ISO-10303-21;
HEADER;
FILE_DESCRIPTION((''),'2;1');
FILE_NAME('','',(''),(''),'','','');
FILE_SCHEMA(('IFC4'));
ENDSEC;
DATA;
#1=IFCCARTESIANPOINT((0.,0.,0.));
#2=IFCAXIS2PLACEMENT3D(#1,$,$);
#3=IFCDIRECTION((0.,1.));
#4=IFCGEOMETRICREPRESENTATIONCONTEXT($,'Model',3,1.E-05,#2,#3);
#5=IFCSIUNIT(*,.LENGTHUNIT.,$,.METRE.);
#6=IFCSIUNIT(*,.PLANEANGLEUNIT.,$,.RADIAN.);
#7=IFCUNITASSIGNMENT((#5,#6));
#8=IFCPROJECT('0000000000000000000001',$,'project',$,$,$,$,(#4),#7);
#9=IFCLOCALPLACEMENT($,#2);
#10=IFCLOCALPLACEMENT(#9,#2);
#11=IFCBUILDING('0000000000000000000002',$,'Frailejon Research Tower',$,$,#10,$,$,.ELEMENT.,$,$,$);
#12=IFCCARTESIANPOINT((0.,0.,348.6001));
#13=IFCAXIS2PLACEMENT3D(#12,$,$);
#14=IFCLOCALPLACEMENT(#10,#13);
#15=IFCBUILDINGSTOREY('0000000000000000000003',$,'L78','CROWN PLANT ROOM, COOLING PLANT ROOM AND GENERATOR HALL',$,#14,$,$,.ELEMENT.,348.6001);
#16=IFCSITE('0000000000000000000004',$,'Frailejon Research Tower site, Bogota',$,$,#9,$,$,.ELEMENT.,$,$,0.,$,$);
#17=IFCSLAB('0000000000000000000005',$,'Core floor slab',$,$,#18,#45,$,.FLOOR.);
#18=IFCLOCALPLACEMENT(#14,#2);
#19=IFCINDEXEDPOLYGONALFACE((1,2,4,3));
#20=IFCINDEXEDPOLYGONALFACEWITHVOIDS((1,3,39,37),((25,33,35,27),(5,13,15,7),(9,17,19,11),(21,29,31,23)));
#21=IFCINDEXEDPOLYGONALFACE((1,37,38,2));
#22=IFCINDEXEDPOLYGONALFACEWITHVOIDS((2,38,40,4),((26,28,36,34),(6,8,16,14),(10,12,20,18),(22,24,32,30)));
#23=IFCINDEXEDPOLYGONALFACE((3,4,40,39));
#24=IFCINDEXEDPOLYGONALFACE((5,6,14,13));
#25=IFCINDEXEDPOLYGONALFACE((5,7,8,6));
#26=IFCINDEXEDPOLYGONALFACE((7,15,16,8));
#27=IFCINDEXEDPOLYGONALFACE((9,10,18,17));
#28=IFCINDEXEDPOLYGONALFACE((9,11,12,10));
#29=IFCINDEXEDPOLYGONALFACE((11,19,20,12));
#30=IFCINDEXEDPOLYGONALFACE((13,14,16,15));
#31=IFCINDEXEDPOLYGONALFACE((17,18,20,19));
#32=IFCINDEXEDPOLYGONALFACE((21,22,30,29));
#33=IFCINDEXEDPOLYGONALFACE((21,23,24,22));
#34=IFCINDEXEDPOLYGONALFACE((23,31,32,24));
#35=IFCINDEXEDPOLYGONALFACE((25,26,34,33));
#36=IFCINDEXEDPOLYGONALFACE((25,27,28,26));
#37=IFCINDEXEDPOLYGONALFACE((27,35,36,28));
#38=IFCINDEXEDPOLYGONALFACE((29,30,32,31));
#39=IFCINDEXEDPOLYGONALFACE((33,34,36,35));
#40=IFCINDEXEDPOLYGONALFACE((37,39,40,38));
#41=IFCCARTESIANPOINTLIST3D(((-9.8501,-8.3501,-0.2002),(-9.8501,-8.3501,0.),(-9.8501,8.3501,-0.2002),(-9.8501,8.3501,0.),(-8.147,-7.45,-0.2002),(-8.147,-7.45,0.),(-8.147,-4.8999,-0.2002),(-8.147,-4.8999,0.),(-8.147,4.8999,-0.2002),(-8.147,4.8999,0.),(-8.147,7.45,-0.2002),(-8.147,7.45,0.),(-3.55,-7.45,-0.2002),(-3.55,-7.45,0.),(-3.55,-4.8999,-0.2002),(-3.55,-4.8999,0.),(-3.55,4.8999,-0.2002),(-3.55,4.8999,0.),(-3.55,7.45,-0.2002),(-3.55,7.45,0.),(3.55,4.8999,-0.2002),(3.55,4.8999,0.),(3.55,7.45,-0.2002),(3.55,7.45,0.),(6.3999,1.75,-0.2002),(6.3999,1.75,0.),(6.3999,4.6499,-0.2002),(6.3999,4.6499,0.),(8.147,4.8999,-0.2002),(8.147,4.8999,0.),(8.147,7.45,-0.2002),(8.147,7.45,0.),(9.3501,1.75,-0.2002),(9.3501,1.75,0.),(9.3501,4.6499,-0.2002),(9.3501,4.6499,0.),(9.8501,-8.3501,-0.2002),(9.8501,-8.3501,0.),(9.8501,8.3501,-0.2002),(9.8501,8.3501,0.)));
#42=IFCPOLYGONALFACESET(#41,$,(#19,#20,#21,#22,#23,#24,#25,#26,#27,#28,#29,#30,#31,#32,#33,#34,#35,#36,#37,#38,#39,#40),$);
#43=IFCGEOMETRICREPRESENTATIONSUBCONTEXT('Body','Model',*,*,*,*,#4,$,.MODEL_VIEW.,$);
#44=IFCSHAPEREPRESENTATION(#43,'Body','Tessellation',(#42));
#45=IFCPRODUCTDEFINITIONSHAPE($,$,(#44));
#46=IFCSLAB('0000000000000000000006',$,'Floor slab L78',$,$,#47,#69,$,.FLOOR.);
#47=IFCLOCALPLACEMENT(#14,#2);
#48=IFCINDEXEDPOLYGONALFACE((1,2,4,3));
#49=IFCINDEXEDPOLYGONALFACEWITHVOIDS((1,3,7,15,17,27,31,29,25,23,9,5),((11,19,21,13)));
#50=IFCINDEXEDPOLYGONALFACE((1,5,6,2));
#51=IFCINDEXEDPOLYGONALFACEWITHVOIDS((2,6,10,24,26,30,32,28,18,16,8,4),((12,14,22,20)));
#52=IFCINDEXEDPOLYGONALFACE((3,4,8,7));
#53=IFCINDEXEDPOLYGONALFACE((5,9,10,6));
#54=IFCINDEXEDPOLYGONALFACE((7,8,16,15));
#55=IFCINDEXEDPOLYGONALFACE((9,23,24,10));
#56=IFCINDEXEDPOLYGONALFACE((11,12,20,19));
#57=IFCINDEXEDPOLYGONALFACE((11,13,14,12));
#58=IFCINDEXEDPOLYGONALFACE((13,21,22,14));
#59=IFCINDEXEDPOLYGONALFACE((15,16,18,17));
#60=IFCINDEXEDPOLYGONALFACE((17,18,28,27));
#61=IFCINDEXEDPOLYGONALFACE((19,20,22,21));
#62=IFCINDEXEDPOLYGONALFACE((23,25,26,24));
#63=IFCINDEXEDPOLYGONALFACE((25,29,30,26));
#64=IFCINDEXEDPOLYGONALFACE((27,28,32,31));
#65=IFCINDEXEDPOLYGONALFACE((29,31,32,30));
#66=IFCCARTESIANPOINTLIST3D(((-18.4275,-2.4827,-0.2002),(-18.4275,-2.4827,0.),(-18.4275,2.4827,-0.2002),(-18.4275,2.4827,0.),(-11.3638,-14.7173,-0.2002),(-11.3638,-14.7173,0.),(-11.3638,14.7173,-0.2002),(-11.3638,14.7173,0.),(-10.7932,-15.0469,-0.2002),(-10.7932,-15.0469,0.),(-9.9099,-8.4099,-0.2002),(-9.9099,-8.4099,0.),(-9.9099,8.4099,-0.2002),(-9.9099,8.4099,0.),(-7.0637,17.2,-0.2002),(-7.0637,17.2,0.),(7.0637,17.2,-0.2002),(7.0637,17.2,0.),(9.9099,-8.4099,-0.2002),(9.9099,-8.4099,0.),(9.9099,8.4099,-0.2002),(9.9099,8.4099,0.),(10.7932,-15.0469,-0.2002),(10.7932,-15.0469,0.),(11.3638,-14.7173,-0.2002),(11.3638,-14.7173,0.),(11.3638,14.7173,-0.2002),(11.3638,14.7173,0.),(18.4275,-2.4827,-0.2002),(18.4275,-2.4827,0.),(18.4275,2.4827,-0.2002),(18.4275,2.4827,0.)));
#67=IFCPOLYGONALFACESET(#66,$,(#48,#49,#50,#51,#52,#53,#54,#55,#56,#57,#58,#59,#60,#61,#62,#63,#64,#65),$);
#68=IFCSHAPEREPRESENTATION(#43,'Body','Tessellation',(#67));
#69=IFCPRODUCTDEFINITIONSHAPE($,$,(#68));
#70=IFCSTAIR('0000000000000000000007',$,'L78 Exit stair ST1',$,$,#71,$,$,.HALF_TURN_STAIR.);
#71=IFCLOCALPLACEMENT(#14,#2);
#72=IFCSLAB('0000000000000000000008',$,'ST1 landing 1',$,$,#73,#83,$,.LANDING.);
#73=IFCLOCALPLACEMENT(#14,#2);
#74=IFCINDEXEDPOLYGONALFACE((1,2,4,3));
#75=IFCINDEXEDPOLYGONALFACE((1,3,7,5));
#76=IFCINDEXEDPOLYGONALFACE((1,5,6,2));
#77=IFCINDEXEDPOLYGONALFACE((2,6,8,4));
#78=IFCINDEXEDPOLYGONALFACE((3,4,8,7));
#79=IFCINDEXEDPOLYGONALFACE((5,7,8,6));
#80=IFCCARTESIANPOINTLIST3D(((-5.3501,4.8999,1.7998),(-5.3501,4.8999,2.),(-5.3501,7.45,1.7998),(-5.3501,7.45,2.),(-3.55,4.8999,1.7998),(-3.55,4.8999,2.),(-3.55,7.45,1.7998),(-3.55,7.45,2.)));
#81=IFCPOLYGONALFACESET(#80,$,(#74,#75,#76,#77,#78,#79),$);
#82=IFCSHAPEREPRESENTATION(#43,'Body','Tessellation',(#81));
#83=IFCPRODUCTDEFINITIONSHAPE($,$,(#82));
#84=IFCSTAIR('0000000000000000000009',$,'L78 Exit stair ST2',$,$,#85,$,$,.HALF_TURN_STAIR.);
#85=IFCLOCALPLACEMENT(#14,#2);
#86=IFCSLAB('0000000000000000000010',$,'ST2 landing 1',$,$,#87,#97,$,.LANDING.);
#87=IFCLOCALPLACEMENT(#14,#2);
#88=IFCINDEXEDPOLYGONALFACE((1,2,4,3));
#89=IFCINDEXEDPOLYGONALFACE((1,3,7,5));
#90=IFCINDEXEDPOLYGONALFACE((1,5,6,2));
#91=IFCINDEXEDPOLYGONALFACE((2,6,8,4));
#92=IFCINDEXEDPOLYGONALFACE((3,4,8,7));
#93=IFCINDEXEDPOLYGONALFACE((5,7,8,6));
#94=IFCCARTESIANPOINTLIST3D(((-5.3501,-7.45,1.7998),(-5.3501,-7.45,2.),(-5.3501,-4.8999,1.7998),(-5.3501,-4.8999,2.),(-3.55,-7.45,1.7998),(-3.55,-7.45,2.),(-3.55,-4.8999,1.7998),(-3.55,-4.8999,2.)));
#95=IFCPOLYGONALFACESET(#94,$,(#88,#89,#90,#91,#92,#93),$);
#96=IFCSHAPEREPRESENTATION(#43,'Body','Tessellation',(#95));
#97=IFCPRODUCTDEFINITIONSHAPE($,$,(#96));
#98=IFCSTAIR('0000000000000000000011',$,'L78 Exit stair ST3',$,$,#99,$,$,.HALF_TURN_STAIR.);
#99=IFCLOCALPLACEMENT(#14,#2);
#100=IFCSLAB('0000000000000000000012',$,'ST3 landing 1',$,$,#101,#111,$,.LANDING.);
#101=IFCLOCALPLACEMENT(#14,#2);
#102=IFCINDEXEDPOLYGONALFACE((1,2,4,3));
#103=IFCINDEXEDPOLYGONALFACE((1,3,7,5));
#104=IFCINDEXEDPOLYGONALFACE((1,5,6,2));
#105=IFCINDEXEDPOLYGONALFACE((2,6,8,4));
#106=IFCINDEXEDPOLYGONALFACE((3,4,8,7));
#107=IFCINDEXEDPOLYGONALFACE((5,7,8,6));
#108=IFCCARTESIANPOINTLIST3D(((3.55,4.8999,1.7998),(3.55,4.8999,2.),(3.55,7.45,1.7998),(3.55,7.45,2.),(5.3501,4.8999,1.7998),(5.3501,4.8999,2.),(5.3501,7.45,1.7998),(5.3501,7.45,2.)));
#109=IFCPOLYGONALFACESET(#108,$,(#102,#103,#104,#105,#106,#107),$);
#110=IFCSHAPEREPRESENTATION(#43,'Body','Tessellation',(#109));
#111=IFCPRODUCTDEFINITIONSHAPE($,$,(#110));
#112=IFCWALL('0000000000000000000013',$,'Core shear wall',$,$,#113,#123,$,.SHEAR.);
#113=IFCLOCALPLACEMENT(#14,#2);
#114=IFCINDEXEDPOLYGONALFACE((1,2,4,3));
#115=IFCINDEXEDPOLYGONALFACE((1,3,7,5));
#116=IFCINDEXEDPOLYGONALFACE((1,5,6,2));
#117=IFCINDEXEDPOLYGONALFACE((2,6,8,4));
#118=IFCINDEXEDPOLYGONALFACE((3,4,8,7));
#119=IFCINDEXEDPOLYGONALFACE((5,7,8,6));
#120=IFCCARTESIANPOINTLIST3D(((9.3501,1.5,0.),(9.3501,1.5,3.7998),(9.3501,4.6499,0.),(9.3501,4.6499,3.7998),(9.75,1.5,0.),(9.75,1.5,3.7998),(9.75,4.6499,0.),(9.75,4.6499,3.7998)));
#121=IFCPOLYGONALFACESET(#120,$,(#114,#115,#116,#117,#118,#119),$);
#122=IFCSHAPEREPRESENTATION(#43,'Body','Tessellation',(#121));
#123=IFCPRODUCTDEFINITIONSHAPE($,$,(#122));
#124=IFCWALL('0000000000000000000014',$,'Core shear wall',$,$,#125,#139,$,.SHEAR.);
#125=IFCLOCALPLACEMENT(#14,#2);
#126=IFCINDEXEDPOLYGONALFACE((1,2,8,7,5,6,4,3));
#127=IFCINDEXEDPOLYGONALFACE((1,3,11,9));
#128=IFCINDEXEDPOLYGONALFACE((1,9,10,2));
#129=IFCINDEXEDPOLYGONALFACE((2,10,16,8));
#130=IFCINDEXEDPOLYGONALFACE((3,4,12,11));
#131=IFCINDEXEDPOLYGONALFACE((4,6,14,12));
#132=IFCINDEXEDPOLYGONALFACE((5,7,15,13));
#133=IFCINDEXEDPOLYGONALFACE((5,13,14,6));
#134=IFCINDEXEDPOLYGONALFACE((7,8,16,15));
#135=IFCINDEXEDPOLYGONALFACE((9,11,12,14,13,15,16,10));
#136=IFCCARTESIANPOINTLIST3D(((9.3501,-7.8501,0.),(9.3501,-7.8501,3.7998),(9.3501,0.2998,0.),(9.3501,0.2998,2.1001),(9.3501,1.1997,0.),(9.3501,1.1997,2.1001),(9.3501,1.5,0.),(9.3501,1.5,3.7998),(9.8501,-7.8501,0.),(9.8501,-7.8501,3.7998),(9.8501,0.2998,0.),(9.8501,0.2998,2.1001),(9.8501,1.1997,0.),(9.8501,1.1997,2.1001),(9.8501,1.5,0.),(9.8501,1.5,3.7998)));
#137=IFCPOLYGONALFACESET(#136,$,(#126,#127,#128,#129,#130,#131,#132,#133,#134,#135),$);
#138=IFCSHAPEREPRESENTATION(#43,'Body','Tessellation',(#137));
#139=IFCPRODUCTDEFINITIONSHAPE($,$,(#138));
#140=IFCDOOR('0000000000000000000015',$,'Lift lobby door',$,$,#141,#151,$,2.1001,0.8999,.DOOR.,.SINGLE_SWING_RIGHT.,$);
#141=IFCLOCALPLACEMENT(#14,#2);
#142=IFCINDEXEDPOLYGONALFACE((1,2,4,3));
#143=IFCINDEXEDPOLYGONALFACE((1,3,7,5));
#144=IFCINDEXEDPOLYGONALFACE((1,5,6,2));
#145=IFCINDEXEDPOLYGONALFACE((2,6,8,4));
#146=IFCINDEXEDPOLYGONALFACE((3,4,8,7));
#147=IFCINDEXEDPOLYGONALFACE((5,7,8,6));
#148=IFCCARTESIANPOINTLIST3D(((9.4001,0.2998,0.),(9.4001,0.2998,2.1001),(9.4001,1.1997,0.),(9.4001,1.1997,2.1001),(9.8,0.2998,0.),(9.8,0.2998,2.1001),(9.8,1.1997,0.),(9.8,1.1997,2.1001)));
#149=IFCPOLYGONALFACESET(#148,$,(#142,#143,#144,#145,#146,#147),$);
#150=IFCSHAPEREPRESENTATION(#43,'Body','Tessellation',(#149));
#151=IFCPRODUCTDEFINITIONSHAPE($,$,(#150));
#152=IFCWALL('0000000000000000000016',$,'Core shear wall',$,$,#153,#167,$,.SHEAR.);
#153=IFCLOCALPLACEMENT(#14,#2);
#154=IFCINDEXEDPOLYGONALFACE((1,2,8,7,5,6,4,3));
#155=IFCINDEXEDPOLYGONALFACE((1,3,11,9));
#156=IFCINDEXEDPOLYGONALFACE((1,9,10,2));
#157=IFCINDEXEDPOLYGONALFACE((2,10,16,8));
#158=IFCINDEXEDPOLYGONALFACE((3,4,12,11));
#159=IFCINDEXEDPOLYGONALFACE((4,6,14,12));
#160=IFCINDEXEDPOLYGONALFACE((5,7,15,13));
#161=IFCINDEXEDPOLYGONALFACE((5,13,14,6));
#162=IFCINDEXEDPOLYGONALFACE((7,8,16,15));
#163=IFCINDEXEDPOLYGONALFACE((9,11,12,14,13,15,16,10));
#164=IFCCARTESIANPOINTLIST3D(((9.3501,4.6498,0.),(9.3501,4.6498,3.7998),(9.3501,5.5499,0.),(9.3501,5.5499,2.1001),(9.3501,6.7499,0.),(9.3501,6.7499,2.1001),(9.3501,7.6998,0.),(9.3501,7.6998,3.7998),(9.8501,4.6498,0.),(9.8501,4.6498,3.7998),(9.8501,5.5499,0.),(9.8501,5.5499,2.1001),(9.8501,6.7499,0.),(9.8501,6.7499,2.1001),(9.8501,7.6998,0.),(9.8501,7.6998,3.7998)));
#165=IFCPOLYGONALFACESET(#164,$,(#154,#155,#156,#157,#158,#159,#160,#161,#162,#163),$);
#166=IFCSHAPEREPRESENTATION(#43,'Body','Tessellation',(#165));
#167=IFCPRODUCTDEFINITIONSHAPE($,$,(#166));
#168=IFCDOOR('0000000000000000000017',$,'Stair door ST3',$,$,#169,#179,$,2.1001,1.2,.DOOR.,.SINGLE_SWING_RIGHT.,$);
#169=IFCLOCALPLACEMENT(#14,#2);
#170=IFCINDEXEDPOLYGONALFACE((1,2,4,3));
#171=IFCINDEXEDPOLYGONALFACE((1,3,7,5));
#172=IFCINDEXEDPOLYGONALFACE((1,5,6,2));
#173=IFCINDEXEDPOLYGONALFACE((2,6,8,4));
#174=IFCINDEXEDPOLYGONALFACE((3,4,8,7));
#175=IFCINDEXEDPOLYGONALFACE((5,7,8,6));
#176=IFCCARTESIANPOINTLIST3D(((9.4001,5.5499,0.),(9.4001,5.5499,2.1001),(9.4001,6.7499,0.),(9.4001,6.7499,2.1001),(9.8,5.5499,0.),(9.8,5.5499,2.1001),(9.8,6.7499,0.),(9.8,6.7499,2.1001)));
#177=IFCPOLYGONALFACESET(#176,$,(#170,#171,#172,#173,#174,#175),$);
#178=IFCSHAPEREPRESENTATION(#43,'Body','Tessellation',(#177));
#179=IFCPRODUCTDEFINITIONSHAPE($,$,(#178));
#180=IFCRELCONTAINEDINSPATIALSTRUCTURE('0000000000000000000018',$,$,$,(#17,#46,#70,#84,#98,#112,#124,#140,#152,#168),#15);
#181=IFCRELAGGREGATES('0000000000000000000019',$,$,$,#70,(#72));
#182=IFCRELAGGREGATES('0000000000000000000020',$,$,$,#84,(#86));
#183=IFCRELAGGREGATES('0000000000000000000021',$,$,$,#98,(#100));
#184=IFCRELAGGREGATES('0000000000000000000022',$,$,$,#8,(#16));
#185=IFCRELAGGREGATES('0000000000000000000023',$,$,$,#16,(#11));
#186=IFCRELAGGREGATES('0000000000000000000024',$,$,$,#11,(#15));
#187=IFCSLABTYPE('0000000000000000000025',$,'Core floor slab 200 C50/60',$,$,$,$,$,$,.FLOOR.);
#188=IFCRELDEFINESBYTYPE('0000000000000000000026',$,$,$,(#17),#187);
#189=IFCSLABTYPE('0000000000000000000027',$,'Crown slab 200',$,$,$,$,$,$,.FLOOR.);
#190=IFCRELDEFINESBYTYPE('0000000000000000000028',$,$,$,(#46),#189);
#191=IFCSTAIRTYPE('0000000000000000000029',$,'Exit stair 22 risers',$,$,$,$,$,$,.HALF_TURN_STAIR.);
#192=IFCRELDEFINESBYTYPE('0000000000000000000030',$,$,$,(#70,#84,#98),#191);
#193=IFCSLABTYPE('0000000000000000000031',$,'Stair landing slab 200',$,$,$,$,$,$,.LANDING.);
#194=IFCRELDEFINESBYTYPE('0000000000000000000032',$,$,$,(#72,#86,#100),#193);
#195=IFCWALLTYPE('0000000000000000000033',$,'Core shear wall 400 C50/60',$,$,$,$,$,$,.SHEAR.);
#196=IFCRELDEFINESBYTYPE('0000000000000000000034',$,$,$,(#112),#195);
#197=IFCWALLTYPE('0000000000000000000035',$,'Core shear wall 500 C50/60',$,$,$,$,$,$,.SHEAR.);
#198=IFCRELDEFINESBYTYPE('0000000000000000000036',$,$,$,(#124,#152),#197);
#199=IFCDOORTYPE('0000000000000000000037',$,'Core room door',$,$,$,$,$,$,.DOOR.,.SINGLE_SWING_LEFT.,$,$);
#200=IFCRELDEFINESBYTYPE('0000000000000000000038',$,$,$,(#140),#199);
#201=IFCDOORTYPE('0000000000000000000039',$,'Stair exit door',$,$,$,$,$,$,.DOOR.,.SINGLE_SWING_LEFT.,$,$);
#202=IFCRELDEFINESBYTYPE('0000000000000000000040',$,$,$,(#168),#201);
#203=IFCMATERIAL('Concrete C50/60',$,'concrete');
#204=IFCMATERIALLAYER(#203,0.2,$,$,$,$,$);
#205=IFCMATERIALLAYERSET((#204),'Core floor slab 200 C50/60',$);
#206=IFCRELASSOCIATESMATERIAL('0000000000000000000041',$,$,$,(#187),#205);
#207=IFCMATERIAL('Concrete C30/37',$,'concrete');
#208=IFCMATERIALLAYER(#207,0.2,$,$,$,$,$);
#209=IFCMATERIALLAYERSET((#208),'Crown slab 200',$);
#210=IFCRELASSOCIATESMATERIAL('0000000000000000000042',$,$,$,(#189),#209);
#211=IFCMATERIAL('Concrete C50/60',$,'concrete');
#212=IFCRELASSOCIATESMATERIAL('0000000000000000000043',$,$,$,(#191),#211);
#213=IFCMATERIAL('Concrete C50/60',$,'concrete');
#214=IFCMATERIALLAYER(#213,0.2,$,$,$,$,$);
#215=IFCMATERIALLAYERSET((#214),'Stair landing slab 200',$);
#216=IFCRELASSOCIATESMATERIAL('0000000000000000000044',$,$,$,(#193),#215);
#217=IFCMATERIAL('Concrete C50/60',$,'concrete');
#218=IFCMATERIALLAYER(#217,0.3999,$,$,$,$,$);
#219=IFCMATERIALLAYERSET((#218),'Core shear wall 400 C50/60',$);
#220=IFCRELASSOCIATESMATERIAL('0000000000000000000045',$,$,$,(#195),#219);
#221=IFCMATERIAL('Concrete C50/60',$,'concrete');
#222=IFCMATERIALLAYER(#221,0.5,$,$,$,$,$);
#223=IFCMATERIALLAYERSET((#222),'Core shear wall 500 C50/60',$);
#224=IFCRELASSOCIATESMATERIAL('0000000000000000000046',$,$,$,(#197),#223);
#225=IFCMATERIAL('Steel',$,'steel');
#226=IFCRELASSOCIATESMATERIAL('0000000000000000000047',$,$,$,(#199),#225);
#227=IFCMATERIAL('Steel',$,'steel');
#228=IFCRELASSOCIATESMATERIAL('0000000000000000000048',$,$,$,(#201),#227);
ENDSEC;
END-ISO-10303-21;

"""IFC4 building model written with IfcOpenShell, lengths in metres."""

from ifc_helpers import new_model, si_unit, direction, frame, frame_2d, origin, place, context, subcontext, project, spatial, polyline, rectangle, outline, extrude, material, layer, layer_set, type_object, element, fill, aggregate, save


model = new_model("IFC4")

# Units and contexts
model_context = context("Model", 3, precision=1e-05, world=origin(), true_north=direction((0.0, 1.0)))
body_context = subcontext(model_context, "Body", "Model", "MODEL_VIEW")
ifc_project = project(units=[si_unit("LENGTHUNIT", "METRE"), si_unit("PLANEANGLEUNIT", "RADIAN")], contexts=[model_context])

# Site, building, storey
site_placement = place(None, origin())
site = spatial("IfcSite", under=ifc_project, at=site_placement, Name="Frailejon Research Tower site, Bogota", CompositionType="ELEMENT", RefElevation=0.0)
building_placement = place(site_placement, origin())
building = spatial("IfcBuilding", under=site, at=building_placement, Name="Frailejon Research Tower", CompositionType="ELEMENT")
storey_placement = place(building_placement, frame((0.0, 0.0, 348.6001)))
storey = spatial("IfcBuildingStorey", under=building, at=storey_placement, Name="L78", Description="CROWN PLANT ROOM, COOLING PLANT ROOM AND GENERATOR HALL", CompositionType="ELEMENT", Elevation=348.6001)

# Slabs
ifc_material_1 = material(Name="Concrete C50/60", Category="concrete")
ifc_layer_1 = layer(ifc_material_1, 0.2)
ifc_layer_set_1 = layer_set([ifc_layer_1], Name="Core floor slab 200 C50/60")
slab_type_1 = type_object("IfcSlabType", Name="Core floor slab 200 C50/60", PredefinedType="FLOOR", material=ifc_layer_set_1)
slab_1_placement = place(storey_placement, frame((0.0, 0.0, -0.2002)))
element("IfcSlab", 1, at=slab_1_placement, inside=storey, type_object=slab_type_1, Name="Core floor slab", PredefinedType="FLOOR", context=body_context, shape_type="SweptSolid", body=[
    extrude(outline(polyline([(-9.8501, -8.3501), (-9.8501, 8.3501), (9.8501, 8.3501), (9.8501, -8.3501), (-9.8501, -8.3501)]), holes=[polyline([(9.3501, 1.75), (9.3501, 4.6499), (6.3999, 4.6499), (6.3999, 1.75), (9.3501, 1.75)]), polyline([(-8.147, 4.8999), (-3.55, 4.8999), (-3.55, 7.45), (-8.147, 7.45), (-8.147, 4.8999)]), polyline([(-8.147, -7.45), (-3.55, -7.45), (-3.55, -4.8999), (-8.147, -4.8999), (-8.147, -7.45)]), polyline([(8.147, 7.45), (3.55, 7.45), (3.55, 4.8999), (8.147, 4.8999), (8.147, 7.45)])]), origin(), (0.0, 0.0, 1.0), 0.2002),
])
ifc_material_2 = material(Name="Concrete C30/37", Category="concrete")
ifc_layer_2 = layer(ifc_material_2, 0.2)
ifc_layer_set_2 = layer_set([ifc_layer_2], Name="Crown slab 200")
slab_type_2 = type_object("IfcSlabType", Name="Crown slab 200", PredefinedType="FLOOR", material=ifc_layer_set_2)
slab_2_placement = place(storey_placement, frame((0.0, 0.0, -0.2002)))
element("IfcSlab", 2, at=slab_2_placement, inside=storey, type_object=slab_type_2, Name="Floor slab L78", PredefinedType="FLOOR", context=body_context, shape_type="SweptSolid", body=[
    extrude(outline(polyline([(-18.4275, 2.4827), (-18.4275, -2.4827), (-11.3638, -14.7173), (-10.7932, -15.0469), (10.7932, -15.0469), (11.3638, -14.7173), (18.4275, -2.4827), (18.4275, 2.4827), (11.3638, 14.7173), (7.0637, 17.2), (-7.0637, 17.2), (-11.3638, 14.7173), (-18.4275, 2.4827)]), holes=[polyline([(9.9099, 8.4099), (9.9099, -8.4099), (-9.9099, -8.4099), (-9.9099, 8.4099), (9.9099, 8.4099)])]), origin(), (0.0, 0.0, 1.0), 0.2002),
])

# Stairs, slabs
ifc_material_3 = material(Name="Concrete C50/60", Category="concrete")
stair_type = type_object("IfcStairType", Name="Exit stair 22 risers", PredefinedType="HALF_TURN_STAIR", material=ifc_material_3)
stair_1_placement = place(storey_placement, origin())
stair_1 = element("IfcStair", 3, at=stair_1_placement, inside=storey, type_object=stair_type, Name="L78 Exit stair ST1", PredefinedType="HALF_TURN_STAIR")
ifc_material_4 = material(Name="Concrete C50/60", Category="concrete")
ifc_layer_3 = layer(ifc_material_4, 0.2)
ifc_layer_set_3 = layer_set([ifc_layer_3], Name="Stair landing slab 200")
slab_type_3 = type_object("IfcSlabType", Name="Stair landing slab 200", PredefinedType="LANDING", material=ifc_layer_set_3)
slab_3_placement = place(storey_placement, frame((0.0, 0.0, 1.7998)))
slab_3 = element("IfcSlab", 4, at=slab_3_placement, type_object=slab_type_3, Name="ST1 landing 1", PredefinedType="LANDING", context=body_context, shape_type="SweptSolid", body=[
    extrude(outline(polyline([(-5.3501, 4.8999), (-3.55, 4.8999), (-3.55, 7.45), (-5.3501, 7.45), (-5.3501, 4.8999)])), origin(), (0.0, 0.0, 1.0), 0.2002),
])
aggregate(stair_1, [slab_3])
stair_2_placement = place(storey_placement, origin())
stair_2 = element("IfcStair", 5, at=stair_2_placement, inside=storey, type_object=stair_type, Name="L78 Exit stair ST2", PredefinedType="HALF_TURN_STAIR")
slab_4_placement = place(storey_placement, frame((0.0, 0.0, 1.7998)))
slab_4 = element("IfcSlab", 6, at=slab_4_placement, type_object=slab_type_3, Name="ST2 landing 1", PredefinedType="LANDING", context=body_context, shape_type="SweptSolid", body=[
    extrude(outline(polyline([(-5.3501, -7.45), (-3.55, -7.45), (-3.55, -4.8999), (-5.3501, -4.8999), (-5.3501, -7.45)])), origin(), (0.0, 0.0, 1.0), 0.2002),
])
aggregate(stair_2, [slab_4])
stair_3_placement = place(storey_placement, origin())
stair_3 = element("IfcStair", 7, at=stair_3_placement, inside=storey, type_object=stair_type, Name="L78 Exit stair ST3", PredefinedType="HALF_TURN_STAIR")
slab_5_placement = place(storey_placement, frame((0.0, 0.0, 1.7998)))
slab_5 = element("IfcSlab", 8, at=slab_5_placement, type_object=slab_type_3, Name="ST3 landing 1", PredefinedType="LANDING", context=body_context, shape_type="SweptSolid", body=[
    extrude(outline(polyline([(5.3501, 7.45), (3.55, 7.45), (3.55, 4.8999), (5.3501, 4.8999), (5.3501, 7.45)])), origin(), (0.0, 0.0, 1.0), 0.2002),
])
aggregate(stair_3, [slab_5])

# Wall
ifc_material_5 = material(Name="Concrete C50/60", Category="concrete")
ifc_layer_4 = layer(ifc_material_5, 0.3999)
ifc_layer_set_4 = layer_set([ifc_layer_4], Name="Core shear wall 400 C50/60")
wall_type_1 = type_object("IfcWallType", Name="Core shear wall 400 C50/60", PredefinedType="SHEAR", material=ifc_layer_set_4)
wall_1_placement = place(storey_placement, frame((9.55, 1.5, 0.0), z_axis=(0.0, 0.0, 1.0), x_axis=(0.0, 1.0, 0.0)))
element("IfcWall", 9, at=wall_1_placement, inside=storey, type_object=wall_type_1, Name="Core shear wall", PredefinedType="SHEAR", context=body_context, shape_type="SweptSolid", body=[
    extrude(rectangle(XDim=3.1499, YDim=0.3999, at=frame_2d((1.575, 0.0))), origin(), (0.0, 0.0, 1.0), 3.7998),
])

# Walls, openings, doors
ifc_material_6 = material(Name="Concrete C50/60", Category="concrete")
ifc_layer_5 = layer(ifc_material_6, 0.5)
ifc_layer_set_5 = layer_set([ifc_layer_5], Name="Core shear wall 500 C50/60")
wall_type_2 = type_object("IfcWallType", Name="Core shear wall 500 C50/60", PredefinedType="SHEAR", material=ifc_layer_set_5)
wall_2_placement = place(storey_placement, frame((9.6001, -7.8501, 0.0), z_axis=(0.0, 0.0, 1.0), x_axis=(0.0, 1.0, 0.0)))
wall_2 = element("IfcWall", 10, at=wall_2_placement, inside=storey, type_object=wall_type_2, Name="Core shear wall", PredefinedType="SHEAR", context=body_context, shape_type="SweptSolid", body=[
    extrude(rectangle(XDim=9.3501, YDim=0.5, at=frame_2d((4.675, 0.0))), origin(), (0.0, 0.0, 1.0), 3.7998),
])
opening_1_placement = place(wall_2_placement, frame((8.1499, 0.0, 0.0)))
opening_1 = element("IfcOpeningElement", 11, at=opening_1_placement, cuts=wall_2, PredefinedType="OPENING", context=body_context, shape_type="SweptSolid", body=[
    extrude(rectangle(XDim=0.8999, YDim=2.1001, at=frame_2d((0.45, 1.05))), frame((0.0, 0.26, 0.0), z_axis=(0.0, -1.0, 0.0), x_axis=(1.0, 0.0, 0.0)), (0.0, 0.0, 1.0), 0.52),
])
ifc_material_7 = material(Name="Steel", Category="steel")
door_type_1 = type_object("IfcDoorType", Name="Core room door", OperationType="SINGLE_SWING_LEFT", PredefinedType="DOOR", material=ifc_material_7)
door_1_placement = place(opening_1_placement, origin())
door_1 = element("IfcDoor", 12, at=door_1_placement, inside=storey, type_object=door_type_1, Name="Lift lobby door", OperationType="SINGLE_SWING_RIGHT", OverallHeight=2.1001, OverallWidth=0.8999, PredefinedType="DOOR", context=body_context, shape_type="SweptSolid", body=[
    extrude(rectangle(XDim=0.8999, YDim=2.1001, at=frame_2d((0.45, 1.05))), frame((0.0, 0.2, 0.0), z_axis=(0.0, -1.0, 0.0), x_axis=(1.0, 0.0, 0.0)), (0.0, 0.0, 1.0), 0.3999),
])
fill(opening_1, door_1)
wall_3_placement = place(storey_placement, frame((9.6001, 4.6499, 0.0), z_axis=(0.0, 0.0, 1.0), x_axis=(0.0, 1.0, 0.0)))
wall_3 = element("IfcWall", 13, at=wall_3_placement, inside=storey, type_object=wall_type_2, Name="Core shear wall", PredefinedType="SHEAR", context=body_context, shape_type="SweptSolid", body=[
    extrude(rectangle(XDim=3.05, YDim=0.5, at=frame_2d((1.5249, 0.0))), origin(), (0.0, 0.0, 1.0), 3.7998),
])
opening_2_placement = place(wall_3_placement, frame((0.8999, 0.0, 0.0)))
opening_2 = element("IfcOpeningElement", 14, at=opening_2_placement, cuts=wall_3, PredefinedType="OPENING", context=body_context, shape_type="SweptSolid", body=[
    extrude(rectangle(XDim=1.2, YDim=2.1001, at=frame_2d((0.6001, 1.05))), frame((0.0, 0.26, 0.0), z_axis=(0.0, -1.0, 0.0), x_axis=(1.0, 0.0, 0.0)), (0.0, 0.0, 1.0), 0.52),
])
ifc_material_8 = material(Name="Steel", Category="steel")
door_type_2 = type_object("IfcDoorType", Name="Stair exit door", OperationType="SINGLE_SWING_LEFT", PredefinedType="DOOR", material=ifc_material_8)
door_2_placement = place(opening_2_placement, origin())
door_2 = element("IfcDoor", 15, at=door_2_placement, inside=storey, type_object=door_type_2, Name="Stair door ST3", OperationType="SINGLE_SWING_RIGHT", OverallHeight=2.1001, OverallWidth=1.2, PredefinedType="DOOR", context=body_context, shape_type="SweptSolid", body=[
    extrude(rectangle(XDim=1.2, YDim=2.1001, at=frame_2d((0.6001, 1.05))), frame((0.0, 0.2, 0.0), z_axis=(0.0, -1.0, 0.0), x_axis=(1.0, 0.0, 0.0)), (0.0, 0.0, 1.0), 0.3999),
])
fill(opening_2, door_2)

save(model, "model.ifc")
